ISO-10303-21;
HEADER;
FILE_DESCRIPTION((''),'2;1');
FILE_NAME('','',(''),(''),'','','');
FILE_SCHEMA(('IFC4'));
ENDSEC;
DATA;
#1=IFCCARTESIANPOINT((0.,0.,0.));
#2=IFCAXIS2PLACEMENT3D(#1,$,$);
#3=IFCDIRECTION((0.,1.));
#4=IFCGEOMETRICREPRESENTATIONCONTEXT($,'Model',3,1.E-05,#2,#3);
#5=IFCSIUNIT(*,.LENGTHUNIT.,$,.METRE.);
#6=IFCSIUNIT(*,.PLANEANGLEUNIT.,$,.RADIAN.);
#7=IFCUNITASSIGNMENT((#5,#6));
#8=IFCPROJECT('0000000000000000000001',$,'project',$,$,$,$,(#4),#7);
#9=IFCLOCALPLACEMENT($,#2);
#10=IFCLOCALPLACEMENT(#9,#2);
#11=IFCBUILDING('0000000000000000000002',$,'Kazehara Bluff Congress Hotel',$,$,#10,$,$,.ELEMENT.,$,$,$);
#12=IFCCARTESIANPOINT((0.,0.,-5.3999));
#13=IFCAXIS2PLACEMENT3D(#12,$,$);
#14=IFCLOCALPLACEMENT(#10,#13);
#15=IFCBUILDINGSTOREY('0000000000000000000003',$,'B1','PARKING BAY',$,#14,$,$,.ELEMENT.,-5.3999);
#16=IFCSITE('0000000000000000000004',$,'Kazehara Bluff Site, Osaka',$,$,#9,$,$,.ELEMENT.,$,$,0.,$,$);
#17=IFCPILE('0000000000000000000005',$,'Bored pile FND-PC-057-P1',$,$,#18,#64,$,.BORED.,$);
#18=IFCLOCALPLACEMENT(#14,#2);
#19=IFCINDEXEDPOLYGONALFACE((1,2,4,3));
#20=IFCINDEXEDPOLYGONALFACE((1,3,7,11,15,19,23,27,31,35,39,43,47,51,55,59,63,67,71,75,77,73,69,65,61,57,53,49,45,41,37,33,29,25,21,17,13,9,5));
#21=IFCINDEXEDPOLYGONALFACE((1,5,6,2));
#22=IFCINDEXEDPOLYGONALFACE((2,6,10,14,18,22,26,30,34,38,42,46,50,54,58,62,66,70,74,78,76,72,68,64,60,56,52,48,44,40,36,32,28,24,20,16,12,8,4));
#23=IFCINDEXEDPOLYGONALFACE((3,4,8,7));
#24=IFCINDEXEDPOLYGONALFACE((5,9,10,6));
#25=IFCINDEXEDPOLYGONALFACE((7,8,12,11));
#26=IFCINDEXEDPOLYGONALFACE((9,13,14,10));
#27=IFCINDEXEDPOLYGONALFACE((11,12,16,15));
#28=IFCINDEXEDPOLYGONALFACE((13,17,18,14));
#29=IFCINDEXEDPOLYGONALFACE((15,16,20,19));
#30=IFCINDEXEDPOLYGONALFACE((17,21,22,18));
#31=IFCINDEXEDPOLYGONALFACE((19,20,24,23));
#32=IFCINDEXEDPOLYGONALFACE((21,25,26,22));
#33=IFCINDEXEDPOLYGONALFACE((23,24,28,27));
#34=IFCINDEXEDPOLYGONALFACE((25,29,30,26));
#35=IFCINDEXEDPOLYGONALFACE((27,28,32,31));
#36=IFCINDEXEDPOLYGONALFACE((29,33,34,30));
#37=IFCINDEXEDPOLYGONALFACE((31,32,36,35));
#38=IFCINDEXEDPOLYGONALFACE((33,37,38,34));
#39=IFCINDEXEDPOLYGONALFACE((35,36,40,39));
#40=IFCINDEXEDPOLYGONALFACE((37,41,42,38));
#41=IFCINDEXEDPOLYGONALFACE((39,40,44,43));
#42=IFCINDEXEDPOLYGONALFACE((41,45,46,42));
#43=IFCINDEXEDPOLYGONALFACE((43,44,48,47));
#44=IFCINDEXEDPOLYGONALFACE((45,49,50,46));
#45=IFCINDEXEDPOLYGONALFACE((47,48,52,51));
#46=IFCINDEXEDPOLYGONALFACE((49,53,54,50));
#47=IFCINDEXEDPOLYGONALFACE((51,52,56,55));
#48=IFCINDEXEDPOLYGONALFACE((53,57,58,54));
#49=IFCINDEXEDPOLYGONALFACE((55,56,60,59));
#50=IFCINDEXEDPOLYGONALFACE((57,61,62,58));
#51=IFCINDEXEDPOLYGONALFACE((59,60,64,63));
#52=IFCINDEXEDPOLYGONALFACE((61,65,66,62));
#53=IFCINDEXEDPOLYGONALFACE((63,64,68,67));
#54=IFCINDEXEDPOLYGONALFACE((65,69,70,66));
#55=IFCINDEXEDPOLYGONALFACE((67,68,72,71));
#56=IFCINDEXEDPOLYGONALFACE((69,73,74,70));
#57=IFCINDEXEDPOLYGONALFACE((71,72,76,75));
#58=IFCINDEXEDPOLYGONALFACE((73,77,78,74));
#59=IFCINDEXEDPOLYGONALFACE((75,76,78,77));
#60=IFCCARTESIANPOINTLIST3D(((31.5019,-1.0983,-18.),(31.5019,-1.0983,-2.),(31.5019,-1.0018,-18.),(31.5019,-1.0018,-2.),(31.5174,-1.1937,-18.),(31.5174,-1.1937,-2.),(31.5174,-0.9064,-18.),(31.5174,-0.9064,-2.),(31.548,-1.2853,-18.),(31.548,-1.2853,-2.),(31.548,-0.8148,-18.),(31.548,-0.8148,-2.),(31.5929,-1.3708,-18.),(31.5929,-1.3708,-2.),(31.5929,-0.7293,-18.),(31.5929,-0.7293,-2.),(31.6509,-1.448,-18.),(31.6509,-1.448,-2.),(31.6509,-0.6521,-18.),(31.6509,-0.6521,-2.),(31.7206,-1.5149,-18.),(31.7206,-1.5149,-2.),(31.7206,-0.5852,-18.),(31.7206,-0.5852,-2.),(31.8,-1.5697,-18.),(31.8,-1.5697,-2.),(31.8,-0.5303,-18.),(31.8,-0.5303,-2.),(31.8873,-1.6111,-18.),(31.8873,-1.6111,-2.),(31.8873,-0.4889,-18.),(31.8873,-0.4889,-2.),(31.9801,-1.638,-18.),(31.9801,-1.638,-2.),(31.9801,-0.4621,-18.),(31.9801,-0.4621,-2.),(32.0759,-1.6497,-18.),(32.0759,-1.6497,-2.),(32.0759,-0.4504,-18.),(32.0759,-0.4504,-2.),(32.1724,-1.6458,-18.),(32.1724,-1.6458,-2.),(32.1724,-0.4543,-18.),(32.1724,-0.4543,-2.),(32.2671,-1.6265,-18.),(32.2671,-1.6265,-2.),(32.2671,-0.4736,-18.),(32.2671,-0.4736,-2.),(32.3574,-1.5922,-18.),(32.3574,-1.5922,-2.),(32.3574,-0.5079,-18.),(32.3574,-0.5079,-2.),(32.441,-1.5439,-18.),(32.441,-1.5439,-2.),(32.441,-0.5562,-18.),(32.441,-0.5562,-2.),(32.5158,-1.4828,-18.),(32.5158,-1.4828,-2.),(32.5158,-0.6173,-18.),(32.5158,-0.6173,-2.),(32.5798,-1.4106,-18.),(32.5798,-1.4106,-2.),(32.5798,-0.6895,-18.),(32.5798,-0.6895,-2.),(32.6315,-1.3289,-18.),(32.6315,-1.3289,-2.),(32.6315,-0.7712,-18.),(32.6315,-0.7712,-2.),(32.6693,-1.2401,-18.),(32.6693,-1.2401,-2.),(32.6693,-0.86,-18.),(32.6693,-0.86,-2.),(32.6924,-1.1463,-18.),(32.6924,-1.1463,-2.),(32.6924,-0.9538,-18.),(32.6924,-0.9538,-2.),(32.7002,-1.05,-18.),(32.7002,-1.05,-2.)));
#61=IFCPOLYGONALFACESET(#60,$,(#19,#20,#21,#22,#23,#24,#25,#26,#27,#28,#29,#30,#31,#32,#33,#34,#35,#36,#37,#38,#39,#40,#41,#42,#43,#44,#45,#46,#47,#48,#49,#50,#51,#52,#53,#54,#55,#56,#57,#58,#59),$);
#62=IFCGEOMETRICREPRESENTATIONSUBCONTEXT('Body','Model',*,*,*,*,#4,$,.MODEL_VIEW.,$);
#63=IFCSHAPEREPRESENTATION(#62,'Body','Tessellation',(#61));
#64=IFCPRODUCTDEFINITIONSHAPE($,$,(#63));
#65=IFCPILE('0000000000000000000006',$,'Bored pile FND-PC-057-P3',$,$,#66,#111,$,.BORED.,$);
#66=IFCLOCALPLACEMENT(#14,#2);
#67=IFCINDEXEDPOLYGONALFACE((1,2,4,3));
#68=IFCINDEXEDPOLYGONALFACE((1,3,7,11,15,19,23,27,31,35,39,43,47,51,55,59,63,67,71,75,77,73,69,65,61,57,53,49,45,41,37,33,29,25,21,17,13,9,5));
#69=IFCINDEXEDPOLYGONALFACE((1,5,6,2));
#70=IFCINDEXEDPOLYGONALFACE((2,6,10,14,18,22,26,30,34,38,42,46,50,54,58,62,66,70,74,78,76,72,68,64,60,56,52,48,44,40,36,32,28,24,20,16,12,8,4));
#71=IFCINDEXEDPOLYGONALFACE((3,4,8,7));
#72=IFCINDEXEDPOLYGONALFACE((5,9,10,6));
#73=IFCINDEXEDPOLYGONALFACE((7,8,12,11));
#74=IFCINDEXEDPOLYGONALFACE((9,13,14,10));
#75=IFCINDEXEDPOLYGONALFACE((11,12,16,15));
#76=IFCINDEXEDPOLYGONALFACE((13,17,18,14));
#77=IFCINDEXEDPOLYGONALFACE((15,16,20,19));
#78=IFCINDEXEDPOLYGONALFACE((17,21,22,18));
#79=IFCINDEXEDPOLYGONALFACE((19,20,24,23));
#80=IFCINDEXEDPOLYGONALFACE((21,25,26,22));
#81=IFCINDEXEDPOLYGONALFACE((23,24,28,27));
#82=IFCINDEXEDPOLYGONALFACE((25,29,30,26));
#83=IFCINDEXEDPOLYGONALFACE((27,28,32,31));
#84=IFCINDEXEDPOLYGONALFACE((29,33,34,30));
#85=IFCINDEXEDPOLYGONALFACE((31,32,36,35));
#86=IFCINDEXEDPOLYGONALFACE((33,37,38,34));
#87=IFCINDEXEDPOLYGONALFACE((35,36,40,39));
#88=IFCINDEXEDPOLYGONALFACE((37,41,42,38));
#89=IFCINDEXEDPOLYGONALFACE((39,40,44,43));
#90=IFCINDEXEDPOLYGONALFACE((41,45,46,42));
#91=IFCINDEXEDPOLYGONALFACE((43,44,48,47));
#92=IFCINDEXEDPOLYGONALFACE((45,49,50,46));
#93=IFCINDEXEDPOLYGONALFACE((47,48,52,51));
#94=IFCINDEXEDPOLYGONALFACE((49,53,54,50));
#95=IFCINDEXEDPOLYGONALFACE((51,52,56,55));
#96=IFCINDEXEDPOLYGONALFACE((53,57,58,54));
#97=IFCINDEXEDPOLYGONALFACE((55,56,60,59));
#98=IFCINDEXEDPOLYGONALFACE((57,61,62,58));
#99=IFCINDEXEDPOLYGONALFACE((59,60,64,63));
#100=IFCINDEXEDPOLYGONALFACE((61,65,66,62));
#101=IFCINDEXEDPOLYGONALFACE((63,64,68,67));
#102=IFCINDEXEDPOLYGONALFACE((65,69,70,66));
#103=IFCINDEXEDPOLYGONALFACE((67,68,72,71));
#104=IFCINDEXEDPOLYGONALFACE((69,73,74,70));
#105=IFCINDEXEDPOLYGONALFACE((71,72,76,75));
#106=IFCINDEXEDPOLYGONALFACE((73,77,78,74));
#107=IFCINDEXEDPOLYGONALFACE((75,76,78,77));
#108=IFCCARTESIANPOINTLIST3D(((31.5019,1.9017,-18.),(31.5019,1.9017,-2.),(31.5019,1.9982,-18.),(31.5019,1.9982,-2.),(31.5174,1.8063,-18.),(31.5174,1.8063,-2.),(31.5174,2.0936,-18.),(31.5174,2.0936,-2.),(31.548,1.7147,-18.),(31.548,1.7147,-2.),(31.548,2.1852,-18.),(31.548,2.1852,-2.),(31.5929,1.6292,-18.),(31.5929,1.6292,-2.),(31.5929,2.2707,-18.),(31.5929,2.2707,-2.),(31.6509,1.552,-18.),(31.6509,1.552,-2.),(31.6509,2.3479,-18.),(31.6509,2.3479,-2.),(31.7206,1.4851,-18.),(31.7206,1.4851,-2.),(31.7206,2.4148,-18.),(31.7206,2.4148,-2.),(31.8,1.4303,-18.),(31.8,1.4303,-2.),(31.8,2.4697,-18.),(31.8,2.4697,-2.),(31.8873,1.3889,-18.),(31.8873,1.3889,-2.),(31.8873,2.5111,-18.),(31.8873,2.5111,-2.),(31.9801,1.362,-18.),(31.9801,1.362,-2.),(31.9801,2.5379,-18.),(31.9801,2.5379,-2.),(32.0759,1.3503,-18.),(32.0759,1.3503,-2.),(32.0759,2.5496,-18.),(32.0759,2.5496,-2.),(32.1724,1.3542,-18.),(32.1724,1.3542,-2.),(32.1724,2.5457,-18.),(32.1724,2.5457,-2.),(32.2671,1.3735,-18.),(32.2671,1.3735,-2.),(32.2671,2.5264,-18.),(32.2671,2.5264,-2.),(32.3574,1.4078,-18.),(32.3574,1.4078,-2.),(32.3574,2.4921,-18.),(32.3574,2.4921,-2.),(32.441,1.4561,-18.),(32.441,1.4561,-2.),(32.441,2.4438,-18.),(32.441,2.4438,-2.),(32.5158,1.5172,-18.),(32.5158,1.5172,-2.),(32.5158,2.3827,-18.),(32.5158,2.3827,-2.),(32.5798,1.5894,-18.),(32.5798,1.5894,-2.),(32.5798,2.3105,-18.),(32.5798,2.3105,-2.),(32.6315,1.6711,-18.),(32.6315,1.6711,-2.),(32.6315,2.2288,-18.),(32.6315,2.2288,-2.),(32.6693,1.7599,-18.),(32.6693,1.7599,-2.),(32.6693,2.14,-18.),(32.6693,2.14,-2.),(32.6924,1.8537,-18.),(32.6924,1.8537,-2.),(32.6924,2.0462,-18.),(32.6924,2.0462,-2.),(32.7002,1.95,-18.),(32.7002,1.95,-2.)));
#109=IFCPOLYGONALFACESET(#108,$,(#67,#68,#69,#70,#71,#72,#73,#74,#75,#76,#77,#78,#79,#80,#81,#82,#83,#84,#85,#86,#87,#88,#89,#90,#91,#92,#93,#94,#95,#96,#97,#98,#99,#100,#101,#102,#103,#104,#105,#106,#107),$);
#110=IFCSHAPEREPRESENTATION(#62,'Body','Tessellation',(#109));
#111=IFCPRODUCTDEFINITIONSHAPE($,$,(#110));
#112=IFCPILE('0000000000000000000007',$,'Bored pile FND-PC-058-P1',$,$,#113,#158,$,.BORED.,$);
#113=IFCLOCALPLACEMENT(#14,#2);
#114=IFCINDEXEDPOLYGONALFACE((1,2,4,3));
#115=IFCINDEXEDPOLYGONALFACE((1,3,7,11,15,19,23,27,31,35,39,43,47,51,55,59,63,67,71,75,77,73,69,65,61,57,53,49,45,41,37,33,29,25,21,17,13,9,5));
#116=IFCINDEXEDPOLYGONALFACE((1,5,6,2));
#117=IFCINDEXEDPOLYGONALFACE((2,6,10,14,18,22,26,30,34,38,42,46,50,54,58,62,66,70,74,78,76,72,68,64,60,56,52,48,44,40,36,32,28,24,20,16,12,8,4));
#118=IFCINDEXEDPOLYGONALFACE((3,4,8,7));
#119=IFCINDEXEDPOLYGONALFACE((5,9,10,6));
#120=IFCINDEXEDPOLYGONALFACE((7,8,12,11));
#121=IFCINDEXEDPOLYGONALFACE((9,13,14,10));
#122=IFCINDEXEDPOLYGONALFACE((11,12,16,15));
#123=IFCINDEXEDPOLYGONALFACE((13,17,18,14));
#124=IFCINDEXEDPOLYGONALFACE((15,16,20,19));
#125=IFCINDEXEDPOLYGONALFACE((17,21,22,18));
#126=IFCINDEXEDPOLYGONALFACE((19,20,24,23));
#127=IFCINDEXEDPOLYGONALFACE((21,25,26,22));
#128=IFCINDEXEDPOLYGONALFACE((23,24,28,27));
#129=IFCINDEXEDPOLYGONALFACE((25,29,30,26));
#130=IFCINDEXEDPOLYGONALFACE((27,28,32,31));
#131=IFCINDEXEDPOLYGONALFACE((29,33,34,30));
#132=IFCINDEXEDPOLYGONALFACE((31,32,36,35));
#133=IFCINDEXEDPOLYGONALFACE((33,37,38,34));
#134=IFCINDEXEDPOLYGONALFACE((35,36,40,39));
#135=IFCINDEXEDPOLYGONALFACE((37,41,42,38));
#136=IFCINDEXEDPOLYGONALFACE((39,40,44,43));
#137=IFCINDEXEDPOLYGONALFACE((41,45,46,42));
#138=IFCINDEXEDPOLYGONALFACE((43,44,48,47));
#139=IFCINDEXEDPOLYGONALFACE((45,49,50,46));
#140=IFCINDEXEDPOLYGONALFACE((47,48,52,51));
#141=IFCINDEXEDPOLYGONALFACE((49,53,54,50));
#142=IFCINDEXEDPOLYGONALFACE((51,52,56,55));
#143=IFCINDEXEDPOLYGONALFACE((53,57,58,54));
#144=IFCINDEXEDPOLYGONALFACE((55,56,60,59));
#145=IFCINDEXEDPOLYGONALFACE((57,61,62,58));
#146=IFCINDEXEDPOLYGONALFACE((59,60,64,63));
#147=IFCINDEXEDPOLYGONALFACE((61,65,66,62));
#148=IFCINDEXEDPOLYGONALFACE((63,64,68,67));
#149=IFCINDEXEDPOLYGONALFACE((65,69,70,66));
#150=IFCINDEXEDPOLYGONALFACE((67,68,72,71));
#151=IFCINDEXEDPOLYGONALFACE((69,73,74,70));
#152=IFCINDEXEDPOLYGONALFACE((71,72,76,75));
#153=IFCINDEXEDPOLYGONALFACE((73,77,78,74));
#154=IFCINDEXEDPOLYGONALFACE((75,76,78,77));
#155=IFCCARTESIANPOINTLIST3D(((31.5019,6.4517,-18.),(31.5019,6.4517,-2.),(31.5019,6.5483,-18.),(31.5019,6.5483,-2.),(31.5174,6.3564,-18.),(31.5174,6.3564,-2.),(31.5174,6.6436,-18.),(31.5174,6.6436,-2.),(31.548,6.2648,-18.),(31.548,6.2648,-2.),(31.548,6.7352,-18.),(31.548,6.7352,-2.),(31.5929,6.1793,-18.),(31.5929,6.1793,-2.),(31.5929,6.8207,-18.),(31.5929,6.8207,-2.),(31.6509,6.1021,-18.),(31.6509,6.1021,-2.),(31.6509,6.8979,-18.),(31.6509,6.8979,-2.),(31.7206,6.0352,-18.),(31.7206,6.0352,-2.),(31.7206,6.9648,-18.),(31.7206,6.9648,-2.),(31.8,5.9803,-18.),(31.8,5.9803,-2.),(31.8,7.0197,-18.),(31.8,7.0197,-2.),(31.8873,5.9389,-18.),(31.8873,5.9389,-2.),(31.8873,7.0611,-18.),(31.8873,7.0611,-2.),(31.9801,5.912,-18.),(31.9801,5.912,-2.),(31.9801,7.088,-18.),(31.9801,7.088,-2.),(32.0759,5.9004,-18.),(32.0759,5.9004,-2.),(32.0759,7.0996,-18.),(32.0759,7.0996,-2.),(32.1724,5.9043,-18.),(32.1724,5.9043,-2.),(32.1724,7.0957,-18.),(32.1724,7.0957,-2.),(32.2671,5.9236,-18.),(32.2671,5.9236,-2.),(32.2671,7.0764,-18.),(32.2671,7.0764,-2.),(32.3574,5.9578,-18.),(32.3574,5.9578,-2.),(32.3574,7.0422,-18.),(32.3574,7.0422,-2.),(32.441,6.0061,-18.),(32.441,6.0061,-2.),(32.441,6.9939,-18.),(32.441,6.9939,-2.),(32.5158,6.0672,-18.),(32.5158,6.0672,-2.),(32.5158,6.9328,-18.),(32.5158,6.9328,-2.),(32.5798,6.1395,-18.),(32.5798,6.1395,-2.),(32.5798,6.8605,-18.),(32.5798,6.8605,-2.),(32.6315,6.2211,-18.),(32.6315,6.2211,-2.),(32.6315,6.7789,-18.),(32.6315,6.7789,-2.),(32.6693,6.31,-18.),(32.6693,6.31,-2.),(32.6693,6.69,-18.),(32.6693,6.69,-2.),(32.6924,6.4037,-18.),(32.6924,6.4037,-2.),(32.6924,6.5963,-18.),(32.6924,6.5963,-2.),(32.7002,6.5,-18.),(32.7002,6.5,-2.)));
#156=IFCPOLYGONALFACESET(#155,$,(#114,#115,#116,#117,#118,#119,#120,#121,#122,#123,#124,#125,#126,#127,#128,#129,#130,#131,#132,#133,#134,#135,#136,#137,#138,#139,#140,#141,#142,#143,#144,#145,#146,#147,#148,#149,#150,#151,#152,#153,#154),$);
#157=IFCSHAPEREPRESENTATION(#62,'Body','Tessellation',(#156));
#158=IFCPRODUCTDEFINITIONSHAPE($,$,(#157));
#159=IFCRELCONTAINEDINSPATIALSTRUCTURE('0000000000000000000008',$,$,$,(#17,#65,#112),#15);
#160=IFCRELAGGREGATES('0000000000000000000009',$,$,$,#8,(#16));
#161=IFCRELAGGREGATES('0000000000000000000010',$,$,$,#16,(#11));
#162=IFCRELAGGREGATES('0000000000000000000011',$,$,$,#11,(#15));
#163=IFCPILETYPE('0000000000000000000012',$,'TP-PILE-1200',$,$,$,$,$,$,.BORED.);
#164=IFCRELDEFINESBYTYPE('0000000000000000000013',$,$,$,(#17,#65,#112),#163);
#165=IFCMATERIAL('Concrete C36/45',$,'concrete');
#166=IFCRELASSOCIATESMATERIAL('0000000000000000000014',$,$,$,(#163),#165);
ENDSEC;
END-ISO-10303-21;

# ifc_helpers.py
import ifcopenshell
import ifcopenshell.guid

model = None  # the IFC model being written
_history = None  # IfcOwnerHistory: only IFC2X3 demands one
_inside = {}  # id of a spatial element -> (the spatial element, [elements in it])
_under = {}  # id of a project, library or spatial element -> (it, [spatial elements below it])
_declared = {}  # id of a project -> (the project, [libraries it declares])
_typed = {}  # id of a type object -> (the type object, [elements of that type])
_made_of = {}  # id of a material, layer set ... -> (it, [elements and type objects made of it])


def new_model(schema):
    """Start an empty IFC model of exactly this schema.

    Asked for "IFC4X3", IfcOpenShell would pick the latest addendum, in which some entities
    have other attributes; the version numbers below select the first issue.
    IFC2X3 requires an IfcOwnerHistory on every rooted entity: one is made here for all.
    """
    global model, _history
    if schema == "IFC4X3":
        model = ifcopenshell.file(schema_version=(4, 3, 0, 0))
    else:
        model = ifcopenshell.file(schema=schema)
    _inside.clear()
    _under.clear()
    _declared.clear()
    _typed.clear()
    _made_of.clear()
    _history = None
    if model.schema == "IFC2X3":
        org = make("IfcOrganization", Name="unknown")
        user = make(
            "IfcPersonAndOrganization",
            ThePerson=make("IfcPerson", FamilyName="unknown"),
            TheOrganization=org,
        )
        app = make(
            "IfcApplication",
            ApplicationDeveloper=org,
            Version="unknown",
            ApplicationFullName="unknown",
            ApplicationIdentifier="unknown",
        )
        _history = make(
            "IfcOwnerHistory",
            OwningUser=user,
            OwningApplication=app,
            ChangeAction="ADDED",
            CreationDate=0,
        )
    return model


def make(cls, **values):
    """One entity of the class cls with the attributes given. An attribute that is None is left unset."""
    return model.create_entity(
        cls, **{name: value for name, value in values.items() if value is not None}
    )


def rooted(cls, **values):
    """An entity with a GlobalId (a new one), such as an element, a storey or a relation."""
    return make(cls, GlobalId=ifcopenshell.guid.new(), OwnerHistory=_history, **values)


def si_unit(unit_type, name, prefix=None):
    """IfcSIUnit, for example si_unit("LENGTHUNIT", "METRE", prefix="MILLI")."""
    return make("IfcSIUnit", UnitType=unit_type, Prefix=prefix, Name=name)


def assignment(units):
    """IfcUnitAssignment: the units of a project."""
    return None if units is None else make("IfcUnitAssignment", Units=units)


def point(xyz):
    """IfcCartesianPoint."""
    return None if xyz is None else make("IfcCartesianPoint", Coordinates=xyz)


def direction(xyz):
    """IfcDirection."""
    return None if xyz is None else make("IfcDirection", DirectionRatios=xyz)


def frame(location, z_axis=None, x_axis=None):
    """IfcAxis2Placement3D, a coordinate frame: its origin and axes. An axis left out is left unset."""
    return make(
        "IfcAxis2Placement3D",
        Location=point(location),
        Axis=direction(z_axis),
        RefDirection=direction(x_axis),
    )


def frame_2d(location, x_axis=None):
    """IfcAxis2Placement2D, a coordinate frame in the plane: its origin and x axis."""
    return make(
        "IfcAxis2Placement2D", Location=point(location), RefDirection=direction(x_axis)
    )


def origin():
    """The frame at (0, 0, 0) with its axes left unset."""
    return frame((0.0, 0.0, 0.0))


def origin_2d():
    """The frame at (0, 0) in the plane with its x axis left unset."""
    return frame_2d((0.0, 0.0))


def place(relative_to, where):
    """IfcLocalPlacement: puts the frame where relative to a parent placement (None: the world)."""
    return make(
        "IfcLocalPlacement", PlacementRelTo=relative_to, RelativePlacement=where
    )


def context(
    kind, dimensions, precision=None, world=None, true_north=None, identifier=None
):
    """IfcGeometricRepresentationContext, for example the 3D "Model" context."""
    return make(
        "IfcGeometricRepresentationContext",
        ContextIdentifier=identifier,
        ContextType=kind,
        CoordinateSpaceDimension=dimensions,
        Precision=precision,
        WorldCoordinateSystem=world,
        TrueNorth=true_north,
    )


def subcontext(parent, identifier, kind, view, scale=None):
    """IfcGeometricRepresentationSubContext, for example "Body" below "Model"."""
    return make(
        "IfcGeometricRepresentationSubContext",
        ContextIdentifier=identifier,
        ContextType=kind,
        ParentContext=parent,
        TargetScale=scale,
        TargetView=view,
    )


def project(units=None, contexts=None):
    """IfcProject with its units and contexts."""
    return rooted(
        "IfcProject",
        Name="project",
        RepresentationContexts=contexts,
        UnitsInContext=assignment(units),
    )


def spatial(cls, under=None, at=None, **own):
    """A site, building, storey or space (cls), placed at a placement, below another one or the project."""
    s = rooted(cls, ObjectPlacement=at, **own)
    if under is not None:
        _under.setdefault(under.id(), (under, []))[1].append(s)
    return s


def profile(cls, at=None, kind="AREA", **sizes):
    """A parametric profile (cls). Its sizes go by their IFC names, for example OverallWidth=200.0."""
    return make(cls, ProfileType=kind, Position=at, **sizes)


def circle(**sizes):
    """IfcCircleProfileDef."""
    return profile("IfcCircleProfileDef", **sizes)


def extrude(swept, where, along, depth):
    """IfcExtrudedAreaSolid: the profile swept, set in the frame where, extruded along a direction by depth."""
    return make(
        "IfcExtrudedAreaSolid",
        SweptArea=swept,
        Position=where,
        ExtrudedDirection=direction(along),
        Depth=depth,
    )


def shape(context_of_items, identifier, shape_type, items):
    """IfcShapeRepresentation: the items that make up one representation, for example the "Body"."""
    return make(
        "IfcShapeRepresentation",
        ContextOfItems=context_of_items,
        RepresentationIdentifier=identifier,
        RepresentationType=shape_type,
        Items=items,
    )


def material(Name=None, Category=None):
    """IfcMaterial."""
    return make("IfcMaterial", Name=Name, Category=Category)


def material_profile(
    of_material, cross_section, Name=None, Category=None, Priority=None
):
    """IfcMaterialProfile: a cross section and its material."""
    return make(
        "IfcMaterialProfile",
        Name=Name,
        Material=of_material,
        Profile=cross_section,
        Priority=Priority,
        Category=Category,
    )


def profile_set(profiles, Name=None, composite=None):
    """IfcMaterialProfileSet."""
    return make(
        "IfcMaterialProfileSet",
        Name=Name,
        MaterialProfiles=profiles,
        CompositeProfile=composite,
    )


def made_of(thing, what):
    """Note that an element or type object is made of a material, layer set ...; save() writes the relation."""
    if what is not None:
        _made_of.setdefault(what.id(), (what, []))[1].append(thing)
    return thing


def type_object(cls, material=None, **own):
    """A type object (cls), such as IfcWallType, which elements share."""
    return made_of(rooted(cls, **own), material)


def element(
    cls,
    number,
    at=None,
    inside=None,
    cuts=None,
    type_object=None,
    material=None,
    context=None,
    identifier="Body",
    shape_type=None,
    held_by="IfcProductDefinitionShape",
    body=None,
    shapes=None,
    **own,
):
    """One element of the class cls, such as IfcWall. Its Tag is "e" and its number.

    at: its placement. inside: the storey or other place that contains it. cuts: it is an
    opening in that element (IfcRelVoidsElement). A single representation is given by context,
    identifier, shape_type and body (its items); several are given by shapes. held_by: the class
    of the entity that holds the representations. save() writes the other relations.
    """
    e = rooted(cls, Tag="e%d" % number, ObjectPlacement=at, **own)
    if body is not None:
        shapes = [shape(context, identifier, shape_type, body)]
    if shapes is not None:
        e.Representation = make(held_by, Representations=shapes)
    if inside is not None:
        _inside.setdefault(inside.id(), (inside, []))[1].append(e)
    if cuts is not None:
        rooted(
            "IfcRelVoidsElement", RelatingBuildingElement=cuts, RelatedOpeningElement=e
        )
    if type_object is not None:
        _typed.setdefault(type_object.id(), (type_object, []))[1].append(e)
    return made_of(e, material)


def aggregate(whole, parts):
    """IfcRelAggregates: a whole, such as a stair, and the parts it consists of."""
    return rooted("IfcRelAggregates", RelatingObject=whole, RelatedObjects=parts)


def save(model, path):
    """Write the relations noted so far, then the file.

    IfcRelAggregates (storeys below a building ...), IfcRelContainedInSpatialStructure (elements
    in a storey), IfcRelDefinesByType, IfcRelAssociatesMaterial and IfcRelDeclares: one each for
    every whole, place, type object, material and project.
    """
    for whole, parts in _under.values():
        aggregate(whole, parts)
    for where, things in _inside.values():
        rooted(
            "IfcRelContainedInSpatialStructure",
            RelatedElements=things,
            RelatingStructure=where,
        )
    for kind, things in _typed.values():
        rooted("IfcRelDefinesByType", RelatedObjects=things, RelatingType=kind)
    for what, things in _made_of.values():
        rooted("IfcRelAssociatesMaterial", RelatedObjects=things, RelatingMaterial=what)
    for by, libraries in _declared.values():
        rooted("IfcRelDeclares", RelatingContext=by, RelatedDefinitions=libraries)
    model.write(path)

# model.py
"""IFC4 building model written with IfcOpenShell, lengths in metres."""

from ifc_helpers import new_model, si_unit, direction, frame, origin, origin_2d, place, context, subcontext, project, spatial, circle, extrude, material, material_profile, profile_set, type_object, element, save


model = new_model("IFC4")

# Units and contexts
model_context = context("Model", 3, precision=1e-05, world=origin(), true_north=direction((0.0, 1.0)))
body_context = subcontext(model_context, "Body", "Model", "MODEL_VIEW")
ifc_project = project(units=[si_unit("LENGTHUNIT", "METRE"), si_unit("PLANEANGLEUNIT", "RADIAN")], contexts=[model_context])

# Site, building, storey
site_placement = place(None, origin())
site = spatial("IfcSite", under=ifc_project, at=site_placement, Name="Kazehara Bluff Site, Osaka", CompositionType="ELEMENT", RefElevation=0.0)
building_placement = place(site_placement, origin())
building = spatial("IfcBuilding", under=site, at=building_placement, Name="Kazehara Bluff Congress Hotel", CompositionType="ELEMENT")
storey_placement = place(building_placement, frame((0.0, 0.0, -5.3999)))
storey = spatial("IfcBuildingStorey", under=building, at=storey_placement, Name="B1", Description="PARKING BAY", CompositionType="ELEMENT", Elevation=-5.3999)

# Piles
ifc_material_1 = material(Name="Concrete C36/45", Category="concrete")
ifc_material_profile_1 = material_profile(ifc_material_1, circle(Radius=0.6001, at=origin_2d()))
ifc_profile_set_1 = profile_set([ifc_material_profile_1], Name="Concrete C36/45")
pile_type = type_object("IfcPileType", Name="TP-PILE-1200", PredefinedType="BORED", material=ifc_profile_set_1)
for number, where, z_axis, x_axis, name in (
    (1, (32.1001, -1.05, -2.0), (0.0, 0.0, -1.0), (1.0, 0.0, 0.0), "Bored pile FND-PC-057-P1"),
    (2, (32.1001, 1.95, -2.0), (0.0, 0.0, -1.0), (1.0, 0.0, 0.0), "Bored pile FND-PC-057-P3"),
    (3, (32.1001, 6.5, -2.0), (0.0, 0.0, -1.0), (1.0, 0.0, 0.0), "Bored pile FND-PC-058-P1"),
):
    element("IfcPile", number, at=place(storey_placement, frame(where, z_axis=z_axis, x_axis=x_axis)), inside=storey, type_object=pile_type, Name=name, PredefinedType="BORED", context=body_context, shape_type="SweptSolid", body=[
        extrude(circle(Radius=0.6001, at=origin_2d()), origin(), (0.0, 0.0, 1.0), 16.0),
    ])

save(model, "model.ifc")
